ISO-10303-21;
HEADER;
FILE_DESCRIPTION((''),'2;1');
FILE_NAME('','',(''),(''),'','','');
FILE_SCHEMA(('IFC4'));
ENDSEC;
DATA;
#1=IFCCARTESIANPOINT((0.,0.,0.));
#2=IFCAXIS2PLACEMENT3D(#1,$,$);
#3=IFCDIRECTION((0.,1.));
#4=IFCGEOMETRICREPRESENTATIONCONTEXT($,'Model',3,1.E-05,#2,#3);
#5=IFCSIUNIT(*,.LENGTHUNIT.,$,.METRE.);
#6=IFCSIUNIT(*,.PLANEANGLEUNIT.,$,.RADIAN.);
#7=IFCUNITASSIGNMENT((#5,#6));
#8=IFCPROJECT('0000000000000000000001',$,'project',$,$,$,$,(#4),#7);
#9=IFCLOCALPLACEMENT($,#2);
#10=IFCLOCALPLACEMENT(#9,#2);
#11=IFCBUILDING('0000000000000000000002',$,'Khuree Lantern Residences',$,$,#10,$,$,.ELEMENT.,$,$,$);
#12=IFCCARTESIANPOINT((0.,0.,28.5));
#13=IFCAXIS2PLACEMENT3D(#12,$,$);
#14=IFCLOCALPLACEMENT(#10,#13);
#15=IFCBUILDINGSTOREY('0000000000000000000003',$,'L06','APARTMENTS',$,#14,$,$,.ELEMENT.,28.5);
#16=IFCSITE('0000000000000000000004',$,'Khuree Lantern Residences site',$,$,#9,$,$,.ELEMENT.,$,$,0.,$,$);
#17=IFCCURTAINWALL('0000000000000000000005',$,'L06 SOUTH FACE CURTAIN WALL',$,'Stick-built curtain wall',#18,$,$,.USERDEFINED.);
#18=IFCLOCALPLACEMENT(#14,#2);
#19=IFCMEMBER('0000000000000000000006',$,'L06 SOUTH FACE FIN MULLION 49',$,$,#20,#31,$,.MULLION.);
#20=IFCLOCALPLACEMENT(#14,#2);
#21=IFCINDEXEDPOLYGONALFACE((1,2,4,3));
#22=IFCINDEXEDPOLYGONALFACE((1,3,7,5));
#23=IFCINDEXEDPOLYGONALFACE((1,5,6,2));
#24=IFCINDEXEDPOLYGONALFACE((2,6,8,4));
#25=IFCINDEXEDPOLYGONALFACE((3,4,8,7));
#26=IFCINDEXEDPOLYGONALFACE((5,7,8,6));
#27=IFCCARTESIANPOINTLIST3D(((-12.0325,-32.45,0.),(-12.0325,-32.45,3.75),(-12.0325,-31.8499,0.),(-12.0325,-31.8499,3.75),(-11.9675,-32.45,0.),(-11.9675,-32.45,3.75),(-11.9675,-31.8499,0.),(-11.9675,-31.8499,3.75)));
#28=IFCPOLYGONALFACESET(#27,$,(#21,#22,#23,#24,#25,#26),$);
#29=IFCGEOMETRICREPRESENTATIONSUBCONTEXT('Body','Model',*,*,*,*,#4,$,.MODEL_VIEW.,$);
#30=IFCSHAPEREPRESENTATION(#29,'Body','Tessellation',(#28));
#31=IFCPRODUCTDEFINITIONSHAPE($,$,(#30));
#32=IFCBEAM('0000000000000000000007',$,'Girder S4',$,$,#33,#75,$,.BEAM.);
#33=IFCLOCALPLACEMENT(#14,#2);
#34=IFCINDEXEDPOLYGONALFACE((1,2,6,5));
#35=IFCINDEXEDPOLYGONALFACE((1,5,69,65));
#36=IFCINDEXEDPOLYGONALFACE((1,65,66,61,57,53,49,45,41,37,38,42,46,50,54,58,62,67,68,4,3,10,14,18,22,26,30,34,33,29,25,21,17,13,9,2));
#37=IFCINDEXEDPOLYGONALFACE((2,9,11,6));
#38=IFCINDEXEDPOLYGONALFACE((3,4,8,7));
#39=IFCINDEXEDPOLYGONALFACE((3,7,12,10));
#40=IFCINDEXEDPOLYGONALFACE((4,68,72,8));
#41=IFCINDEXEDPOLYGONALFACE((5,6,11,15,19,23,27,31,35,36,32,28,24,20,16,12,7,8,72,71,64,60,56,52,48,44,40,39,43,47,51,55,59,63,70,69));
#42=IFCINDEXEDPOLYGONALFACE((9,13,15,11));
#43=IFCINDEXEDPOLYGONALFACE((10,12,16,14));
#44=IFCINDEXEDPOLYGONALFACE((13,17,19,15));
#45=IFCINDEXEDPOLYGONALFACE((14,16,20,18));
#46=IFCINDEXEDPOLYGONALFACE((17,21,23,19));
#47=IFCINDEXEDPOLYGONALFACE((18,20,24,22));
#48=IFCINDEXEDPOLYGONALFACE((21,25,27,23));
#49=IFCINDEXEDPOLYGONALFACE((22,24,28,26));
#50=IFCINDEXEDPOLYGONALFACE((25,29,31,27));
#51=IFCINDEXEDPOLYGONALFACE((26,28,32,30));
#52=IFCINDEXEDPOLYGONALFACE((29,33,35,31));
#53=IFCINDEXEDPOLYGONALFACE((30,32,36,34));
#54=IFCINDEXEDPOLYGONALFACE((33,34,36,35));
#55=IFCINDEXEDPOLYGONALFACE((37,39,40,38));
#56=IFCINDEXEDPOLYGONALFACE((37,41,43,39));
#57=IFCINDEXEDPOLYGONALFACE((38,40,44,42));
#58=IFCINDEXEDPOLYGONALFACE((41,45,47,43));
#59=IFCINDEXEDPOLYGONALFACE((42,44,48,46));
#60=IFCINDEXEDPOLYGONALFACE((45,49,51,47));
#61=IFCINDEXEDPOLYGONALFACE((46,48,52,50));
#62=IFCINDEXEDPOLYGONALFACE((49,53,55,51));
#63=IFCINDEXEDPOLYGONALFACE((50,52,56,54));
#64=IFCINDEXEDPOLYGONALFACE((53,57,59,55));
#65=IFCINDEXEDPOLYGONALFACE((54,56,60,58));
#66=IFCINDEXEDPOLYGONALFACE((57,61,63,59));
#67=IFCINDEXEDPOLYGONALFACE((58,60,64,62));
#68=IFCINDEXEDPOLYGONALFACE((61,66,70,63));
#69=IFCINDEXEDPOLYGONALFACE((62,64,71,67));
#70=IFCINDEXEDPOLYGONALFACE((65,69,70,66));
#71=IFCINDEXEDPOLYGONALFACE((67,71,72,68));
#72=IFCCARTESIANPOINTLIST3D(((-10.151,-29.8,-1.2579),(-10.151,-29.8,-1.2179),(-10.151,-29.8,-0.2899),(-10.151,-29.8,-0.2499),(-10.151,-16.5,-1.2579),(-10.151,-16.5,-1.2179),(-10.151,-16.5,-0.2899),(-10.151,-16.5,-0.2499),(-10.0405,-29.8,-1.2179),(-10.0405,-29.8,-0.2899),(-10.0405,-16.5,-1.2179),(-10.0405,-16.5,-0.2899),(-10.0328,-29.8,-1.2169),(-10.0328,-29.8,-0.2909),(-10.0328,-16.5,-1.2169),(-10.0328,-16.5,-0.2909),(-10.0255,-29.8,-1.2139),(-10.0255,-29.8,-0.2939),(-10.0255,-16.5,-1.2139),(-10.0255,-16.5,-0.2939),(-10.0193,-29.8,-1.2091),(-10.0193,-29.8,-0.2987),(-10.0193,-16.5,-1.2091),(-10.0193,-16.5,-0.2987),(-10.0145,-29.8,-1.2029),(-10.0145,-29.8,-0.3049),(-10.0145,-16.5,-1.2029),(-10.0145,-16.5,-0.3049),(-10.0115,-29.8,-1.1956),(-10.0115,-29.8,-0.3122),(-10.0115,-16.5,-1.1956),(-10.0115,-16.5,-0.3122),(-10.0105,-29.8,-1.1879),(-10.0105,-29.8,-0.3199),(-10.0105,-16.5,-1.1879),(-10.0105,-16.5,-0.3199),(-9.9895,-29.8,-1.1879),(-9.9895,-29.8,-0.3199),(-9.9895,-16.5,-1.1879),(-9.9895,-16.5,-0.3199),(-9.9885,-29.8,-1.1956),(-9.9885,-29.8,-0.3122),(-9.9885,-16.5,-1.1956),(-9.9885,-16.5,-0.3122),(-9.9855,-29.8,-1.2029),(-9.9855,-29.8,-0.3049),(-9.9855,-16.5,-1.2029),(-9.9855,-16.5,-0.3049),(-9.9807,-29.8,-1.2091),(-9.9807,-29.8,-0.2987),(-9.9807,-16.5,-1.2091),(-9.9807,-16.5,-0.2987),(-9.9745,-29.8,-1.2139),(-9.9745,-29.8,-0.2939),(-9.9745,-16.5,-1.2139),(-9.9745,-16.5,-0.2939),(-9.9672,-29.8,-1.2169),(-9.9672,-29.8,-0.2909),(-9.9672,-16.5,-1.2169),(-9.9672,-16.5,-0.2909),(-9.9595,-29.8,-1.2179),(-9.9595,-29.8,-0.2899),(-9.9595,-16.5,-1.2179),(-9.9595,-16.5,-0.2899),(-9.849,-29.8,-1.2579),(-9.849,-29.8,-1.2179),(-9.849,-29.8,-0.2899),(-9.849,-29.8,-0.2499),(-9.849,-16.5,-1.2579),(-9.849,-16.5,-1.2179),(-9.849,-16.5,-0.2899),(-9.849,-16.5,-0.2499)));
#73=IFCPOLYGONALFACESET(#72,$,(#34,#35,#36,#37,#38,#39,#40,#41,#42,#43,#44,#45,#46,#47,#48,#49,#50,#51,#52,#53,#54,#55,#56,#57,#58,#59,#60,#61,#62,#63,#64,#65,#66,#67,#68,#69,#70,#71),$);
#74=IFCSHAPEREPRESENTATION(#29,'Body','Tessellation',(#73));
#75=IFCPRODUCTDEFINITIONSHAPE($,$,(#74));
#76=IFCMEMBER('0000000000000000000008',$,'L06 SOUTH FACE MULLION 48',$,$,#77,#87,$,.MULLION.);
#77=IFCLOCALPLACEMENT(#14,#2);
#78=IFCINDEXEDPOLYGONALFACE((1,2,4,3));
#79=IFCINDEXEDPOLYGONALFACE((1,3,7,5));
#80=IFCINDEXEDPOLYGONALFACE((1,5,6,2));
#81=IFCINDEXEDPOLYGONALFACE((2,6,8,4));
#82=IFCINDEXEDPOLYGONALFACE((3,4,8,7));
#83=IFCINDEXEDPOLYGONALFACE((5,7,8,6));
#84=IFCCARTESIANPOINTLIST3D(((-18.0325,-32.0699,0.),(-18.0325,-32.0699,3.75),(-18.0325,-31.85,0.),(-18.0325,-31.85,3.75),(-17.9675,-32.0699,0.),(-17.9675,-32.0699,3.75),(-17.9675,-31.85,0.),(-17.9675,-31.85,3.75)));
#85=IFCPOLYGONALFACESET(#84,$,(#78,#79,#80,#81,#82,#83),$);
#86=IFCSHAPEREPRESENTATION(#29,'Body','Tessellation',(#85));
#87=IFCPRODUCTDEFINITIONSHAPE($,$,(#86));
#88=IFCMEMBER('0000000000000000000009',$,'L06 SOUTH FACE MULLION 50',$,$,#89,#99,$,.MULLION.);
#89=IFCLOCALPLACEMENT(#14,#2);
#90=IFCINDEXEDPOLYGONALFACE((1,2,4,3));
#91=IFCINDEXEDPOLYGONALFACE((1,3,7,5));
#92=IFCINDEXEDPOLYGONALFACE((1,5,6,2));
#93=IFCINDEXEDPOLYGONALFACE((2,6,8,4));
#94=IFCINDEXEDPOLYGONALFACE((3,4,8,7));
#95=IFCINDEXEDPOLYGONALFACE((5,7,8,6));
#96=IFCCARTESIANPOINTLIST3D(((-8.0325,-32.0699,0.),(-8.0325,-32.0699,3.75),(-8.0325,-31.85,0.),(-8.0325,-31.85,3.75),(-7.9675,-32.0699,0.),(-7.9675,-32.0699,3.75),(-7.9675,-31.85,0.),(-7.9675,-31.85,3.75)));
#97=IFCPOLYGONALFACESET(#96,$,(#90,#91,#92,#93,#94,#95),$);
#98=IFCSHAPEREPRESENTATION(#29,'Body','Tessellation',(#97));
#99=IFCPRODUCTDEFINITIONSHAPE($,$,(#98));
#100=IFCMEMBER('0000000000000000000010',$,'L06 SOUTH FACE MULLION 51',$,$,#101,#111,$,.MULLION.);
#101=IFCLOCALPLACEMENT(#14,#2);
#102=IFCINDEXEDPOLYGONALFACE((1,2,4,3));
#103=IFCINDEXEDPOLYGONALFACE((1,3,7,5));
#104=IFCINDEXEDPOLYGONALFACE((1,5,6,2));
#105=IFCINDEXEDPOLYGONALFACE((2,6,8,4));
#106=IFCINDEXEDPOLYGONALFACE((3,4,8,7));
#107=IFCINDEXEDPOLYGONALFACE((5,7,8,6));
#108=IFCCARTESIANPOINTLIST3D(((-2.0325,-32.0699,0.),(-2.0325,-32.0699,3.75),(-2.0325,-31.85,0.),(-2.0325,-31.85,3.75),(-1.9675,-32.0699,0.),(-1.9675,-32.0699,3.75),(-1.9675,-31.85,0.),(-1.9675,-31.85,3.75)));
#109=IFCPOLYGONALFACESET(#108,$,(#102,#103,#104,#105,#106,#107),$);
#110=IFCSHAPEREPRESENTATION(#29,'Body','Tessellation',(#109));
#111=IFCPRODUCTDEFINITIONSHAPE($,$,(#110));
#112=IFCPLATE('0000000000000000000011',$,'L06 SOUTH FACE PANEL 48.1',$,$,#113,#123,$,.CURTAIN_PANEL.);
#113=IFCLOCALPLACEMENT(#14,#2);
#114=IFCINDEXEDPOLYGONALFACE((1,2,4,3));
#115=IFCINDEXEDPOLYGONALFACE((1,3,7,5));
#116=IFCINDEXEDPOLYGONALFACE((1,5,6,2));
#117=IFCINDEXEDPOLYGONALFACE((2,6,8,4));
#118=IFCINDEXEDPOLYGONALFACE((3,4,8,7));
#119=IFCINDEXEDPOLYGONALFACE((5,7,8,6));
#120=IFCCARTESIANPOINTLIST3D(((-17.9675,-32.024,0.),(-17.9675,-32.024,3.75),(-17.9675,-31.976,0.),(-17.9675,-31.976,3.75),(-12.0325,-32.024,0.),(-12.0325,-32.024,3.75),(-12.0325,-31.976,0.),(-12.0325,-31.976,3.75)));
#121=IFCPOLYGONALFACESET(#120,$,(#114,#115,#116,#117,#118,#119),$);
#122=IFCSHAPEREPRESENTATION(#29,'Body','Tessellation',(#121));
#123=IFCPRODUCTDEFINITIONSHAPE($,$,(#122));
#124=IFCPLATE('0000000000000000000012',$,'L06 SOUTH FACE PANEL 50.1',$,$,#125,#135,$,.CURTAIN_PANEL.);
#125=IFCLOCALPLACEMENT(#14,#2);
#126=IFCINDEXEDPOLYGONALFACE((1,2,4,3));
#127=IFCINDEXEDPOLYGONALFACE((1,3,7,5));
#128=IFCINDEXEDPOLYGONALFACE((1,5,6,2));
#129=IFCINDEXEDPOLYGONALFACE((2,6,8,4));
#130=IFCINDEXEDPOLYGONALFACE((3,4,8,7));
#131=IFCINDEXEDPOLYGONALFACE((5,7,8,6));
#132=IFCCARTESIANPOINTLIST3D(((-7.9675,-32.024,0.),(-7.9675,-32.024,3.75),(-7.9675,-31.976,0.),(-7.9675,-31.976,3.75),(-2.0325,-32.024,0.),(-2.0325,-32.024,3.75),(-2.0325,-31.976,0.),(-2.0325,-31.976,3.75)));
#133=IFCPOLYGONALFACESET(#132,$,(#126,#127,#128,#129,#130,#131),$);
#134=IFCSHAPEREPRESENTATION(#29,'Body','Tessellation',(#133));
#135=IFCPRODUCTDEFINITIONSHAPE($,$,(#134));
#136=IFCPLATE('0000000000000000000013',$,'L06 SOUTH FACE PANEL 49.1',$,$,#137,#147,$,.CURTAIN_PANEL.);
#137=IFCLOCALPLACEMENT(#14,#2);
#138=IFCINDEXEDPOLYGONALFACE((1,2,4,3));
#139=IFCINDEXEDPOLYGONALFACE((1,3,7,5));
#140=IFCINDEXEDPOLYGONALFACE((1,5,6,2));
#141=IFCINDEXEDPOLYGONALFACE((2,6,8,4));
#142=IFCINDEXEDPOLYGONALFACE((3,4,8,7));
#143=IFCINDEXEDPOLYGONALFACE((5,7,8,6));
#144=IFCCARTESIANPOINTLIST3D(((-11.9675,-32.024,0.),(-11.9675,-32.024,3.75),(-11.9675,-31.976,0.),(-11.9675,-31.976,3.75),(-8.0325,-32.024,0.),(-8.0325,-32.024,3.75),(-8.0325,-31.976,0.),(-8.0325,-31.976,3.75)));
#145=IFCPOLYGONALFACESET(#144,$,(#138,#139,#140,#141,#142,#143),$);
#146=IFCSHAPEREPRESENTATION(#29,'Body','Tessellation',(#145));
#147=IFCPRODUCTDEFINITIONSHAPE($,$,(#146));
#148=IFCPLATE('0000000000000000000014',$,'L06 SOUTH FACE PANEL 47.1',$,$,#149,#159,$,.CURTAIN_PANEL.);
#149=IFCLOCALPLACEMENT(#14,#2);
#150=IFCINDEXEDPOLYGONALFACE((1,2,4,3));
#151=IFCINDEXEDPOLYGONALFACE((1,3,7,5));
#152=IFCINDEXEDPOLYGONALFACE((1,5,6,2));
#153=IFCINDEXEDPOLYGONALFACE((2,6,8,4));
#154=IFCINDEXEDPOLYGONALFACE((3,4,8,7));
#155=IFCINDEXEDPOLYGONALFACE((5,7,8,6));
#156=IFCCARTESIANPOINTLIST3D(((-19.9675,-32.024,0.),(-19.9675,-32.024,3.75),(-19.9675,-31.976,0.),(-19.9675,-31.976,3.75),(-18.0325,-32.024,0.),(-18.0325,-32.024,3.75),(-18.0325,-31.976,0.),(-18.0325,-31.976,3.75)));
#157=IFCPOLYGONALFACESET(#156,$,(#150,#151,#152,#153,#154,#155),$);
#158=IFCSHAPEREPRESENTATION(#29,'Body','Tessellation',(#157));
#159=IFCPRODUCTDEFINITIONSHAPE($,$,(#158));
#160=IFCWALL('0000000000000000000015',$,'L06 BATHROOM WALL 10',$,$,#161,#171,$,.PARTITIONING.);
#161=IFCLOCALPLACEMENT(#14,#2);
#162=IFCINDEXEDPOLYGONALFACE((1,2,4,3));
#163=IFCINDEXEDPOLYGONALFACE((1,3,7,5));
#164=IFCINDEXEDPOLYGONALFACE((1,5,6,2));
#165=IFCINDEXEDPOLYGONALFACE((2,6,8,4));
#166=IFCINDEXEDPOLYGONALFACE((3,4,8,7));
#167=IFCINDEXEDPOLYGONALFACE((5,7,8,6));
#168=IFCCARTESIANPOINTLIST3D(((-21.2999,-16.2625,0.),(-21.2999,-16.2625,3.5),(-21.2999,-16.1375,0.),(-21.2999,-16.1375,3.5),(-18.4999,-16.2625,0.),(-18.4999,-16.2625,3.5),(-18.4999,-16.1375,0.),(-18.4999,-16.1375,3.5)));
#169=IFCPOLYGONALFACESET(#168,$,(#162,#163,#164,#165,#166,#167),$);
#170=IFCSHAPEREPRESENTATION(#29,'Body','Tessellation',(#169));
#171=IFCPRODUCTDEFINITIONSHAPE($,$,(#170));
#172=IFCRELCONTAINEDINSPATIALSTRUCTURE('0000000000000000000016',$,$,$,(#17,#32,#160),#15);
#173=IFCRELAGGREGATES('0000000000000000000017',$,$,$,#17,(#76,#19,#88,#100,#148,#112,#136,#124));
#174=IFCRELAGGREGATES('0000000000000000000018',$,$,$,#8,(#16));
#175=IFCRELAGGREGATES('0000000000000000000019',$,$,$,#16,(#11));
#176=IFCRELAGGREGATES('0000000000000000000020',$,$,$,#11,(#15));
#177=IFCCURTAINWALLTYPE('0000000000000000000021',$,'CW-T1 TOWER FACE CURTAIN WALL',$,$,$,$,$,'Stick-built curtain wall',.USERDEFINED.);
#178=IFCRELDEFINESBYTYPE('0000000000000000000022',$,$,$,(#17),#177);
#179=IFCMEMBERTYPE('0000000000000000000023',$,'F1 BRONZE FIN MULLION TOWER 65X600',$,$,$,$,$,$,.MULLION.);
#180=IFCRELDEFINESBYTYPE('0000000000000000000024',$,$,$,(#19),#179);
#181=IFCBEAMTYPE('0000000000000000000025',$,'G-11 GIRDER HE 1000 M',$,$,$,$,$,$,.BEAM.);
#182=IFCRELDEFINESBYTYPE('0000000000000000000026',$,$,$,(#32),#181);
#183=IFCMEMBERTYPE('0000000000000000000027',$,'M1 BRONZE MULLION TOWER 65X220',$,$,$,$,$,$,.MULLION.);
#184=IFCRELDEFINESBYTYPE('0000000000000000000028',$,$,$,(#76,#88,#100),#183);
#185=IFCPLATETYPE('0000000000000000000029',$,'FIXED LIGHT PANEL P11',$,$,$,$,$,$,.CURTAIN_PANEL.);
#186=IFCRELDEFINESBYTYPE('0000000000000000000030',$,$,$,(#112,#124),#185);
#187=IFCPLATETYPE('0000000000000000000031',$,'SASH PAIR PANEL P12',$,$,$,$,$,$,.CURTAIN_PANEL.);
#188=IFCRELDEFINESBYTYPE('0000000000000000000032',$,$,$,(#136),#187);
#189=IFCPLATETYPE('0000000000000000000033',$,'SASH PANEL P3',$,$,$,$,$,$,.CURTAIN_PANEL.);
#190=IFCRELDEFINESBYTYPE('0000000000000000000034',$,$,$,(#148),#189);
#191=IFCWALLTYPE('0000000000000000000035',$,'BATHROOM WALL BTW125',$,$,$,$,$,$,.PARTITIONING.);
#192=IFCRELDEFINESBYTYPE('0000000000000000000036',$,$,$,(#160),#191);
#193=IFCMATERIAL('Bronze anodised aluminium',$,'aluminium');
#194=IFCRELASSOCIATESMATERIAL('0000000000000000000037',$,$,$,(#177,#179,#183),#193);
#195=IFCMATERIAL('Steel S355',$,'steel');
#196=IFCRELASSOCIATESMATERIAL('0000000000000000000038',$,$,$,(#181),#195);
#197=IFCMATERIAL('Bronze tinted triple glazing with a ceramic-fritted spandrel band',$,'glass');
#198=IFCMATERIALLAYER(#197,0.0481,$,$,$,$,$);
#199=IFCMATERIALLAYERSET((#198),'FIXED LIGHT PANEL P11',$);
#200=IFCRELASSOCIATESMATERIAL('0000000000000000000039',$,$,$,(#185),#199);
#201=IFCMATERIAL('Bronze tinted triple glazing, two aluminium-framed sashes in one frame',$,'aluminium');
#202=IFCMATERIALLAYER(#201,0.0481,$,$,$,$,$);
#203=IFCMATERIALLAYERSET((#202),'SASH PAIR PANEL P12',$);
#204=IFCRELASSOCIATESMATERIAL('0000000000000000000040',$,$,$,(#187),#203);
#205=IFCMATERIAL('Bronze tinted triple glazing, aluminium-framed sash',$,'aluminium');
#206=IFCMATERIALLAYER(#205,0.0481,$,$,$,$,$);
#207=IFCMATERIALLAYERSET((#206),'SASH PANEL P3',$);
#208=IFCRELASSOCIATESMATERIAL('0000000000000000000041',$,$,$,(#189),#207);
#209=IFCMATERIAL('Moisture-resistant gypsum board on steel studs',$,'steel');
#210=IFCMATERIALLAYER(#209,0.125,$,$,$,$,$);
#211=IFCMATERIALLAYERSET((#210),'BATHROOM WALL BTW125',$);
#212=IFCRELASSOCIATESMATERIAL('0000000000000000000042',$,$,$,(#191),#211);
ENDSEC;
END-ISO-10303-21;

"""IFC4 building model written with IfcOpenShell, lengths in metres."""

from ifc_helpers import new_model, si_unit, direction, frame, frame_2d, origin, origin_2d, place, context, subcontext, project, spatial, rectangle, i_section, extrude, material, layer, layer_set, material_profile, profile_set, type_object, element, aggregate, save


model = new_model("IFC4")

# Units and contexts
model_context = context("Model", 3, precision=1e-05, world=origin(), true_north=direction((0.0, 1.0)))
body_context = subcontext(model_context, "Body", "Model", "MODEL_VIEW")
ifc_project = project(units=[si_unit("LENGTHUNIT", "METRE"), si_unit("PLANEANGLEUNIT", "RADIAN")], contexts=[model_context])

# Site, building, storey
site_placement = place(None, origin())
site = spatial("IfcSite", under=ifc_project, at=site_placement, Name="Khuree Lantern Residences site", CompositionType="ELEMENT", RefElevation=0.0)
building_placement = place(site_placement, origin())
building = spatial("IfcBuilding", under=site, at=building_placement, Name="Khuree Lantern Residences", CompositionType="ELEMENT")
storey_placement = place(building_placement, frame((0.0, 0.0, 28.5)))
storey = spatial("IfcBuildingStorey", under=building, at=storey_placement, Name="L06", Description="APARTMENTS", CompositionType="ELEMENT", Elevation=28.5)

# Shared definitions
ifc_material_1 = material(Name="Steel S355", Category="steel")

# Curtain wall, member
ifc_material_2 = material(Name="Bronze anodised aluminium", Category="aluminium")
curtain_wall_type = type_object("IfcCurtainWallType", Name="CW-T1 TOWER FACE CURTAIN WALL", ElementType="Stick-built curtain wall", PredefinedType="USERDEFINED", material=ifc_material_2)
curtain_wall_placement = place(storey_placement, origin())
curtain_wall = element("IfcCurtainWall", 1, at=curtain_wall_placement, inside=storey, type_object=curtain_wall_type, Name="L06 SOUTH FACE CURTAIN WALL", ObjectType="Stick-built curtain wall", PredefinedType="USERDEFINED")
ifc_material_profile_1 = material_profile(ifc_material_2, rectangle(XDim=0.0649, YDim=0.6001, at=origin_2d()), Name="F1 65X600")
ifc_profile_set_1 = profile_set([ifc_material_profile_1], Name="Bronze anodised aluminium")
member_type_1 = type_object("IfcMemberType", Name="F1 BRONZE FIN MULLION TOWER 65X600", PredefinedType="MULLION", material=ifc_profile_set_1)
member_1_placement = place(storey_placement, frame((-12.0, -32.1499, 0.0), z_axis=(0.0, 0.0, 1.0), x_axis=(1.0, 0.0, 0.0)))
member_1 = element("IfcMember", 2, at=member_1_placement, type_object=member_type_1, Name="L06 SOUTH FACE FIN MULLION 49", PredefinedType="MULLION", context=body_context, shape_type="SweptSolid", body=[
    extrude(rectangle(XDim=0.0649, YDim=0.6001, at=origin_2d()), origin(), (0.0, 0.0, 1.0), 3.75),
])

# Beam
ifc_material_profile_2 = material_profile(ifc_material_1, i_section(OverallWidth=0.302, OverallDepth=1.0081, WebThickness=0.021, FlangeThickness=0.04, FilletRadius=0.03, at=origin_2d()), Name="HE 1000 M")
ifc_profile_set_2 = profile_set([ifc_material_profile_2], Name="Steel S355")
beam_type_1 = type_object("IfcBeamType", Name="G-11 GIRDER HE 1000 M", PredefinedType="BEAM", material=ifc_profile_set_2)
beam_1_placement = place(storey_placement, frame((-10.0, -29.8, -0.7539), z_axis=(0.0, 1.0, 0.0), x_axis=(-1.0, 0.0, 0.0)))
element("IfcBeam", 3, at=beam_1_placement, inside=storey, type_object=beam_type_1, Name="Girder S4", PredefinedType="BEAM", context=body_context, shape_type="SweptSolid", body=[
    extrude(i_section(OverallWidth=0.302, OverallDepth=1.0081, WebThickness=0.021, FlangeThickness=0.04, FilletRadius=0.03, at=origin_2d()), origin(), (0.0, 0.0, 1.0), 13.3),
])

# Members
ifc_material_profile_3 = material_profile(ifc_material_2, rectangle(XDim=0.0649, YDim=0.22, at=origin_2d()), Name="M1 65X220")
ifc_profile_set_3 = profile_set([ifc_material_profile_3], Name="Bronze anodised aluminium")
member_type_2 = type_object("IfcMemberType", Name="M1 BRONZE MULLION TOWER 65X220", PredefinedType="MULLION", material=ifc_profile_set_3)
member_2_placement = place(storey_placement, frame((-18.0, -31.96, 0.0), z_axis=(0.0, 0.0, 1.0), x_axis=(1.0, 0.0, 0.0)))
member_2 = element("IfcMember", 4, at=member_2_placement, type_object=member_type_2, Name="L06 SOUTH FACE MULLION 48", PredefinedType="MULLION", context=body_context, shape_type="SweptSolid", body=[
    extrude(rectangle(XDim=0.0649, YDim=0.22, at=origin_2d()), origin(), (0.0, 0.0, 1.0), 3.75),
])
member_3_placement = place(storey_placement, frame((-8.0, -31.96, 0.0), z_axis=(0.0, 0.0, 1.0), x_axis=(1.0, 0.0, 0.0)))
member_3 = element("IfcMember", 5, at=member_3_placement, type_object=member_type_2, Name="L06 SOUTH FACE MULLION 50", PredefinedType="MULLION", context=body_context, shape_type="SweptSolid", body=[
    extrude(rectangle(XDim=0.0649, YDim=0.22, at=origin_2d()), origin(), (0.0, 0.0, 1.0), 3.75),
])
member_4_placement = place(storey_placement, frame((-2.0, -31.96, 0.0), z_axis=(0.0, 0.0, 1.0), x_axis=(1.0, 0.0, 0.0)))
member_4 = element("IfcMember", 6, at=member_4_placement, type_object=member_type_2, Name="L06 SOUTH FACE MULLION 51", PredefinedType="MULLION", context=body_context, shape_type="SweptSolid", body=[
    extrude(rectangle(XDim=0.0649, YDim=0.22, at=origin_2d()), origin(), (0.0, 0.0, 1.0), 3.75),
])

# Plates
ifc_material_3 = material(Name="Bronze tinted triple glazing with a ceramic-fritted spandrel band", Category="glass")
ifc_layer_1 = layer(ifc_material_3, 0.0481)
ifc_layer_set_1 = layer_set([ifc_layer_1], Name="FIXED LIGHT PANEL P11")
plate_type_1 = type_object("IfcPlateType", Name="FIXED LIGHT PANEL P11", PredefinedType="CURTAIN_PANEL", material=ifc_layer_set_1)
plate_1_placement = place(storey_placement, frame((-15.0, -32.0, 0.0), z_axis=(0.0, 0.0, 1.0), x_axis=(1.0, 0.0, 0.0)))
plate_1 = element("IfcPlate", 7, at=plate_1_placement, type_object=plate_type_1, Name="L06 SOUTH FACE PANEL 48.1", PredefinedType="CURTAIN_PANEL", context=body_context, shape_type="SweptSolid", body=[
    extrude(rectangle(XDim=5.9351, YDim=0.0481, at=origin_2d()), origin(), (0.0, 0.0, 1.0), 3.75),
])
plate_2_placement = place(storey_placement, frame((-5.0, -32.0, 0.0), z_axis=(0.0, 0.0, 1.0), x_axis=(1.0, 0.0, 0.0)))
plate_2 = element("IfcPlate", 8, at=plate_2_placement, type_object=plate_type_1, Name="L06 SOUTH FACE PANEL 50.1", PredefinedType="CURTAIN_PANEL", context=body_context, shape_type="SweptSolid", body=[
    extrude(rectangle(XDim=5.9351, YDim=0.0481, at=origin_2d()), origin(), (0.0, 0.0, 1.0), 3.75),
])
ifc_material_4 = material(Name="Bronze tinted triple glazing, two aluminium-framed sashes in one frame", Category="aluminium")
ifc_layer_2 = layer(ifc_material_4, 0.0481)
ifc_layer_set_2 = layer_set([ifc_layer_2], Name="SASH PAIR PANEL P12")
plate_type_2 = type_object("IfcPlateType", Name="SASH PAIR PANEL P12", PredefinedType="CURTAIN_PANEL", material=ifc_layer_set_2)
plate_3_placement = place(storey_placement, frame((-10.0, -32.0, 0.0), z_axis=(0.0, 0.0, 1.0), x_axis=(1.0, 0.0, 0.0)))
plate_3 = element("IfcPlate", 9, at=plate_3_placement, type_object=plate_type_2, Name="L06 SOUTH FACE PANEL 49.1", PredefinedType="CURTAIN_PANEL", context=body_context, shape_type="SweptSolid", body=[
    extrude(rectangle(XDim=3.9351, YDim=0.0481, at=origin_2d()), origin(), (0.0, 0.0, 1.0), 3.75),
])
ifc_material_5 = material(Name="Bronze tinted triple glazing, aluminium-framed sash", Category="aluminium")
ifc_layer_3 = layer(ifc_material_5, 0.0481)
ifc_layer_set_3 = layer_set([ifc_layer_3], Name="SASH PANEL P3")
plate_type_3 = type_object("IfcPlateType", Name="SASH PANEL P3", PredefinedType="CURTAIN_PANEL", material=ifc_layer_set_3)
plate_4_placement = place(storey_placement, frame((-19.0, -32.0, 0.0), z_axis=(0.0, 0.0, 1.0), x_axis=(1.0, 0.0, 0.0)))
plate_4 = element("IfcPlate", 10, at=plate_4_placement, type_object=plate_type_3, Name="L06 SOUTH FACE PANEL 47.1", PredefinedType="CURTAIN_PANEL", context=body_context, shape_type="SweptSolid", body=[
    extrude(rectangle(XDim=1.9351, YDim=0.0481, at=origin_2d()), origin(), (0.0, 0.0, 1.0), 3.75),
])
aggregate(curtain_wall, [member_2, member_1, member_3, member_4, plate_4, plate_1, plate_3, plate_2])

# Wall
ifc_material_6 = material(Name="Moisture-resistant gypsum board on steel studs", Category="steel")
ifc_layer_4 = layer(ifc_material_6, 0.125)
ifc_layer_set_4 = layer_set([ifc_layer_4], Name="BATHROOM WALL BTW125")
wall_type_1 = type_object("IfcWallType", Name="BATHROOM WALL BTW125", PredefinedType="PARTITIONING", material=ifc_layer_set_4)
wall_1_placement = place(storey_placement, frame((-18.5, -16.2, 0.0), z_axis=(0.0, 0.0, 1.0), x_axis=(-1.0, 0.0, 0.0)))
element("IfcWall", 11, at=wall_1_placement, inside=storey, type_object=wall_type_1, Name="L06 BATHROOM WALL 10", PredefinedType="PARTITIONING", context=body_context, shape_type="SweptSolid", body=[
    extrude(rectangle(XDim=2.8, YDim=0.125, at=frame_2d((1.3999, 0.0))), origin(), (0.0, 0.0, 1.0), 3.5),
])

save(model, "model.ifc")
